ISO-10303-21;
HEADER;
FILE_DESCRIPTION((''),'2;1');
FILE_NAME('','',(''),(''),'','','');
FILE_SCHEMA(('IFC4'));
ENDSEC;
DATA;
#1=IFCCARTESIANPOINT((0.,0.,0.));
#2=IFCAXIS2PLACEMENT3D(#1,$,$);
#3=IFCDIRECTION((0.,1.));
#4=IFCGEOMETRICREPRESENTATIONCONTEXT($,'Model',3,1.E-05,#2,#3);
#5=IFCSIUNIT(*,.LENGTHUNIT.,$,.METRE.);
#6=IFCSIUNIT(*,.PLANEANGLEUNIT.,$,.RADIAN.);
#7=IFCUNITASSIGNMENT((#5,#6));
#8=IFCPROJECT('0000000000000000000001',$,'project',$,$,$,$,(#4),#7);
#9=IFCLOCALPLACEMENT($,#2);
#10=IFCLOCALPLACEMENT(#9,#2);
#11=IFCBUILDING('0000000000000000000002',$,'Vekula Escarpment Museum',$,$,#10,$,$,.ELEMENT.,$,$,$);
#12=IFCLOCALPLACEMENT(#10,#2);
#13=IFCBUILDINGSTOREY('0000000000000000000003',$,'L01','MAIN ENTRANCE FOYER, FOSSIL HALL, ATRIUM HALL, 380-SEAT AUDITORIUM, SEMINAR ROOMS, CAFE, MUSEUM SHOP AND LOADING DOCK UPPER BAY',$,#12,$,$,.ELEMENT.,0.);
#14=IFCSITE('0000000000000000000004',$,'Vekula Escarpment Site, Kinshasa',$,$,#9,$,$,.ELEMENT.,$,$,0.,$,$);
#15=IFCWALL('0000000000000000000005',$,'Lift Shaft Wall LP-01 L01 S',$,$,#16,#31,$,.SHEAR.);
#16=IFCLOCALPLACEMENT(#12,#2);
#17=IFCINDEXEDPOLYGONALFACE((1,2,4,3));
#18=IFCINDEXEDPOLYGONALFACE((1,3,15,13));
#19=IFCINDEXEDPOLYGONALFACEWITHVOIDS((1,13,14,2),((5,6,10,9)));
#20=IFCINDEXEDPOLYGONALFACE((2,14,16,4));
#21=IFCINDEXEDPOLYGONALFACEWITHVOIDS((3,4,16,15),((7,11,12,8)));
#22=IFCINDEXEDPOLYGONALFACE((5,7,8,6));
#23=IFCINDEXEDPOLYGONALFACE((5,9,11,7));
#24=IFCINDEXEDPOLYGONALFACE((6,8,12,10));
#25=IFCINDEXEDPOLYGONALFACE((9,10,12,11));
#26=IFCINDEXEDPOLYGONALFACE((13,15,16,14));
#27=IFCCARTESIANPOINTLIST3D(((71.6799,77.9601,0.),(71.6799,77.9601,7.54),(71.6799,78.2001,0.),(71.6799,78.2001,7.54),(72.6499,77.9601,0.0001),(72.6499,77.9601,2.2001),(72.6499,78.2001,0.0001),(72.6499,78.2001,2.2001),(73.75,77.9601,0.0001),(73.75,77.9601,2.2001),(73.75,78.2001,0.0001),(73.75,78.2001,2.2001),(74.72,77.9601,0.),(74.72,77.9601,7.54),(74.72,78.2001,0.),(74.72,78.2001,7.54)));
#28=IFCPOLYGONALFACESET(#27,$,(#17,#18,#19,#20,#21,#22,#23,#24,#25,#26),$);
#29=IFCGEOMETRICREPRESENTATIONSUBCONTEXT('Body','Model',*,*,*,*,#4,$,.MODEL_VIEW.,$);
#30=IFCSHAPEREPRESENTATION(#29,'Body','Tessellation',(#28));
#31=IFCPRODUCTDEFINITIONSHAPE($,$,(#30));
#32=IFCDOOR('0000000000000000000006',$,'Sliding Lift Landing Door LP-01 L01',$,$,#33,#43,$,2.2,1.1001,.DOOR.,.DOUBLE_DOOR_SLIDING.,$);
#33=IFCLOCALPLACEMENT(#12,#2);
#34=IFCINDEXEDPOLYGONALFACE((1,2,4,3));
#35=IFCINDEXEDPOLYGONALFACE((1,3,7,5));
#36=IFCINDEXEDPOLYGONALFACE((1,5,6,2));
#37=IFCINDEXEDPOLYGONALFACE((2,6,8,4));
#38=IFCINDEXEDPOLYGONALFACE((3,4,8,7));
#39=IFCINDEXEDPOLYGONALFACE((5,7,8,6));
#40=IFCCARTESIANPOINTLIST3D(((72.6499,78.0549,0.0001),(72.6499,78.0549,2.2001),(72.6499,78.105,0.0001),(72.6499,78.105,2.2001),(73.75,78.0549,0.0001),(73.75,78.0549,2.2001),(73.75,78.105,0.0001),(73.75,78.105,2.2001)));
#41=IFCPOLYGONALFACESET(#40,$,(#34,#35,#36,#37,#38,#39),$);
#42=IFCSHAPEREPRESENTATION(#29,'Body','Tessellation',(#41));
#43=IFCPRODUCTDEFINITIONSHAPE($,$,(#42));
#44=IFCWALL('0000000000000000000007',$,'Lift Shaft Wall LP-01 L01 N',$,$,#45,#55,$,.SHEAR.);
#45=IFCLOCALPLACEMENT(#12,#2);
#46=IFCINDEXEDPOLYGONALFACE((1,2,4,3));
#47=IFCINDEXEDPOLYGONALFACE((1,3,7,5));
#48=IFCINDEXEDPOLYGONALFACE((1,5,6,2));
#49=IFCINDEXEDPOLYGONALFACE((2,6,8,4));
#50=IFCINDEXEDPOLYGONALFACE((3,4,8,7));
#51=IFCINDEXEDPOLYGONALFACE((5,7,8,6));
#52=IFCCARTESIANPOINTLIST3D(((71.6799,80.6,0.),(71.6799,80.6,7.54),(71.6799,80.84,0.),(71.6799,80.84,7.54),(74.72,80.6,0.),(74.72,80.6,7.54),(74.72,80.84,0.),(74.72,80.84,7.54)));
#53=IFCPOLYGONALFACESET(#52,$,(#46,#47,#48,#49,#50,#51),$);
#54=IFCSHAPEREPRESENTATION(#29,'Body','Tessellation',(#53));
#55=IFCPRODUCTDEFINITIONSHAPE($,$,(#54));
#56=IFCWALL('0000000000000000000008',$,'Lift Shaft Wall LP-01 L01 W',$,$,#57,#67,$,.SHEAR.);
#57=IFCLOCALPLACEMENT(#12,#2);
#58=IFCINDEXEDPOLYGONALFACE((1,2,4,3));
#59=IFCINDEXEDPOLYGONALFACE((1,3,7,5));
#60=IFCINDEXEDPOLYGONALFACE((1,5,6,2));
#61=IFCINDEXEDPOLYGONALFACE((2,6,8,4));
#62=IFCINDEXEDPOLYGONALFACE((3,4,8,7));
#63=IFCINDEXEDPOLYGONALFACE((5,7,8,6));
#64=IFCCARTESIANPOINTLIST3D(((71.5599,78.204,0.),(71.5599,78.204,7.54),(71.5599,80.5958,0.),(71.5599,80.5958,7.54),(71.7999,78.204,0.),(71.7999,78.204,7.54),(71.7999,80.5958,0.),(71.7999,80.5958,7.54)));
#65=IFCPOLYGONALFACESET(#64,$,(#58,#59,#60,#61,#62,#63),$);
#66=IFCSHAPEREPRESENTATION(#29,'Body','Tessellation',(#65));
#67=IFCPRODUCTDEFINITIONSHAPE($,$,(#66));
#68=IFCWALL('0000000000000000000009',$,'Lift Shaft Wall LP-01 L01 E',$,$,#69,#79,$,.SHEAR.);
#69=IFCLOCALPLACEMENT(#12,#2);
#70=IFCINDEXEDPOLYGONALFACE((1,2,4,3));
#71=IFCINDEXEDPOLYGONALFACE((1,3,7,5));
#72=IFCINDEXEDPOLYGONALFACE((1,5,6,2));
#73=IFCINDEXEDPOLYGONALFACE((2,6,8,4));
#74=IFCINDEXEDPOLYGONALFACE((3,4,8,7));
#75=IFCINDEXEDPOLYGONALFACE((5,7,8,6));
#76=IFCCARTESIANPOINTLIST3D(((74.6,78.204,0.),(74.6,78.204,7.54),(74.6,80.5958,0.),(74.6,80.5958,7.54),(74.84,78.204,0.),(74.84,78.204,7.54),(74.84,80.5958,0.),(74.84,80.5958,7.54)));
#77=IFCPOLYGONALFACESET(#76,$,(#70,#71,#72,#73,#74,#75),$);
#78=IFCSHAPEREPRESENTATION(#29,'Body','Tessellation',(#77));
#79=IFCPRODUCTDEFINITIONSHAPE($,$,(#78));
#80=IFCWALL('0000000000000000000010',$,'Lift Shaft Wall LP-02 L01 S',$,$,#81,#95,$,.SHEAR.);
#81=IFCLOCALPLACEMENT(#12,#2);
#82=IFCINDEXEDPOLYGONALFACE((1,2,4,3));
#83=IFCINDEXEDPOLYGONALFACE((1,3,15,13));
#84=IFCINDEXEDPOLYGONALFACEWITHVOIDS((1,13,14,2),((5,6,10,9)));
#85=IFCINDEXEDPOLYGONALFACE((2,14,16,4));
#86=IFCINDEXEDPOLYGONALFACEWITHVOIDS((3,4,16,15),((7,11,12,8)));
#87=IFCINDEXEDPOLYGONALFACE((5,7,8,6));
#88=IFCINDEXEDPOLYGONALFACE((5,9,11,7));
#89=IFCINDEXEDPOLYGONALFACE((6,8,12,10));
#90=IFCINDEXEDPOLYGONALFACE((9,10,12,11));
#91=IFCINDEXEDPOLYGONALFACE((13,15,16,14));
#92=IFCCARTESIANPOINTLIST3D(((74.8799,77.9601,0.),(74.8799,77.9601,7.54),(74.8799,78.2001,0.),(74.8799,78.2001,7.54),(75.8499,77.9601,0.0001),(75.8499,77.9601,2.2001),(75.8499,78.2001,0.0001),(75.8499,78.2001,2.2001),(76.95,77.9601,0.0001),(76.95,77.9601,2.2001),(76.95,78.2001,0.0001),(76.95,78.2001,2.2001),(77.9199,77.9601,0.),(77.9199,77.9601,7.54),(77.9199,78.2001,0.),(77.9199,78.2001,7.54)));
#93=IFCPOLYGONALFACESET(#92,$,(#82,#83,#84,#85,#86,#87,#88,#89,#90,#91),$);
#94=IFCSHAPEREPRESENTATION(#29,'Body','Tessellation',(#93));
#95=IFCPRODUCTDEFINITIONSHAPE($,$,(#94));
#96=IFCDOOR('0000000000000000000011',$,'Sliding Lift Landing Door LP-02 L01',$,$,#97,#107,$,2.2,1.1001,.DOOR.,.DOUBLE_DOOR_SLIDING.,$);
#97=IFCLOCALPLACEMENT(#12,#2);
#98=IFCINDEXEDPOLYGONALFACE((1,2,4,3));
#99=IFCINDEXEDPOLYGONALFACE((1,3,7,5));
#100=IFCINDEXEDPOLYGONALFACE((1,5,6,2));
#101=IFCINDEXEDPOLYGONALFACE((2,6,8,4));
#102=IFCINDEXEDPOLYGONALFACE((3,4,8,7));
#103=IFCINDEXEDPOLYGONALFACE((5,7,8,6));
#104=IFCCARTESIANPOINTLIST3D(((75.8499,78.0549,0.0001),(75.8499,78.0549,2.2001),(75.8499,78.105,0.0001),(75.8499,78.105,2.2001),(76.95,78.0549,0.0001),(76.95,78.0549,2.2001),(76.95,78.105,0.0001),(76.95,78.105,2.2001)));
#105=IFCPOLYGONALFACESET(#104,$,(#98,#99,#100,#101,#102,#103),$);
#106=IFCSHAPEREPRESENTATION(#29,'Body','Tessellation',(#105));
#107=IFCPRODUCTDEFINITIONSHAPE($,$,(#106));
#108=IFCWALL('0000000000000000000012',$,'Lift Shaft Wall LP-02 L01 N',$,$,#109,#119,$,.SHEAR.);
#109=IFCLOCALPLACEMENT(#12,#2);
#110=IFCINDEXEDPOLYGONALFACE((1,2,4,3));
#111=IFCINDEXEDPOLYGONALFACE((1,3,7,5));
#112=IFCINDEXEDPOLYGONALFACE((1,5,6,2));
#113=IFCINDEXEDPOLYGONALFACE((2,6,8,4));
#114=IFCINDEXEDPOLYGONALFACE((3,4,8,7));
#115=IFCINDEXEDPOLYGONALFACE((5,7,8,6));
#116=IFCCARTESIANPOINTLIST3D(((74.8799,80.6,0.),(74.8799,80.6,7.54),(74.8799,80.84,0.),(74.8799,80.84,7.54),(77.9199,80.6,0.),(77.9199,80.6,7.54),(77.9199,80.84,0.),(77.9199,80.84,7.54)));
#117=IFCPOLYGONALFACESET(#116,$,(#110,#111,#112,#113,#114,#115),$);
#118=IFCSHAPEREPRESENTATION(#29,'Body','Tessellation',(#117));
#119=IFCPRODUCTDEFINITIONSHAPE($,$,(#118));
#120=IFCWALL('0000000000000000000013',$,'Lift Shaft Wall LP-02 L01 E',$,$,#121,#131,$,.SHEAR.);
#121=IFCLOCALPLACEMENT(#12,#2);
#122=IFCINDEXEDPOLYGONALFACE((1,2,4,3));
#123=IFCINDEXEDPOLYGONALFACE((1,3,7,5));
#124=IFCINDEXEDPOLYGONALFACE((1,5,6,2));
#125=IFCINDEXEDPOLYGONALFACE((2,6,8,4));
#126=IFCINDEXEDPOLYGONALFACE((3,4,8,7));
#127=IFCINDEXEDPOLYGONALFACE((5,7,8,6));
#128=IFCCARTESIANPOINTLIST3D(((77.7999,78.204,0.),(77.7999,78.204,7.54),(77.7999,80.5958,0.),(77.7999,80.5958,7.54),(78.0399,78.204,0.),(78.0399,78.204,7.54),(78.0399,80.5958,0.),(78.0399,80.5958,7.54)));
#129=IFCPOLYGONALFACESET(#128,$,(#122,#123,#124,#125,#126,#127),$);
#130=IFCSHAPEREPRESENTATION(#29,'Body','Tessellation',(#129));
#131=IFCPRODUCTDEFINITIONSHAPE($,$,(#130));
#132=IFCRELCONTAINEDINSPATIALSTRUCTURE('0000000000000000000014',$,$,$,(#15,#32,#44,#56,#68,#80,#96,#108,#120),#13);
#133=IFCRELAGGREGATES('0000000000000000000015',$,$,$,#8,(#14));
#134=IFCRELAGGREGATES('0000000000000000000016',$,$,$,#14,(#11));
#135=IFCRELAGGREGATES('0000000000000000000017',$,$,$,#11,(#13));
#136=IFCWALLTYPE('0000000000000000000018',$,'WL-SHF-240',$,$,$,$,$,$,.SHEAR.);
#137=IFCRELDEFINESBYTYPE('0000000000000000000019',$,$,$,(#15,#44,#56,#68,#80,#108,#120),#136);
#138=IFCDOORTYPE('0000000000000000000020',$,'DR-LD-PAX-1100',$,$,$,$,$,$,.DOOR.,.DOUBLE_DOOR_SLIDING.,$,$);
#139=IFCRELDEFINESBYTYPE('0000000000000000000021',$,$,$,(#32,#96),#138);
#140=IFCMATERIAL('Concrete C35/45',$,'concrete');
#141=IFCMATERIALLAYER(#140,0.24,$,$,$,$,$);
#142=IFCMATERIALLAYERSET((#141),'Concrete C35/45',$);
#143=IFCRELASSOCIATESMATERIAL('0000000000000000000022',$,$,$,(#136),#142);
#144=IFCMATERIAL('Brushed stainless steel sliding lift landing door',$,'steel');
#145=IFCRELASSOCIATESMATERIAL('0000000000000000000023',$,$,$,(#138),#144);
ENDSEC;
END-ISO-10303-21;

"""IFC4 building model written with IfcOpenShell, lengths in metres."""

from ifc_helpers import new_model, si_unit, direction, frame, frame_2d, origin, place, context, subcontext, project, spatial, rectangle, extrude, material, layer, layer_set, type_object, element, fill, save


model = new_model("IFC4")

# Units and contexts
model_context = context("Model", 3, precision=1e-05, world=origin(), true_north=direction((0.0, 1.0)))
body_context = subcontext(model_context, "Body", "Model", "MODEL_VIEW")
ifc_project = project(units=[si_unit("LENGTHUNIT", "METRE"), si_unit("PLANEANGLEUNIT", "RADIAN")], contexts=[model_context])

# Site, building, storey
site_placement = place(None, origin())
site = spatial("IfcSite", under=ifc_project, at=site_placement, Name="Vekula Escarpment Site, Kinshasa", CompositionType="ELEMENT", RefElevation=0.0)
building_placement = place(site_placement, origin())
building = spatial("IfcBuilding", under=site, at=building_placement, Name="Vekula Escarpment Museum", CompositionType="ELEMENT")
storey_placement = place(building_placement, origin())
storey = spatial("IfcBuildingStorey", under=building, at=storey_placement, Name="L01", Description="MAIN ENTRANCE FOYER, FOSSIL HALL, ATRIUM HALL, 380-SEAT AUDITORIUM, SEMINAR ROOMS, CAFE, MUSEUM SHOP AND LOADING DOCK UPPER BAY", CompositionType="ELEMENT", Elevation=0.0)

# Wall, opening, door
ifc_material_1 = material(Name="Concrete C35/45", Category="concrete")
ifc_layer_1 = layer(ifc_material_1, 0.24)
ifc_layer_set_1 = layer_set([ifc_layer_1], Name="Concrete C35/45")
wall_type_1 = type_object("IfcWallType", Name="WL-SHF-240", PredefinedType="SHEAR", material=ifc_layer_set_1)
wall_1_placement = place(storey_placement, frame((71.6799, 78.0801, 0.0), z_axis=(0.0, 0.0, 1.0), x_axis=(1.0, 0.0, 0.0)))
wall_1 = element("IfcWall", 1, at=wall_1_placement, inside=storey, type_object=wall_type_1, Name="Lift Shaft Wall LP-01 L01 S", PredefinedType="SHEAR", context=body_context, shape_type="SweptSolid", body=[
    extrude(rectangle(XDim=3.04, YDim=0.24, at=frame_2d((1.52, 0.0))), origin(), (0.0, 0.0, 1.0), 7.54),
])
opening_1_placement = place(wall_1_placement, frame((0.97, 0.0, 0.0)))
opening_1 = element("IfcOpeningElement", 2, at=opening_1_placement, cuts=wall_1, PredefinedType="OPENING", context=body_context, shape_type="SweptSolid", body=[
    extrude(rectangle(XDim=1.1001, YDim=2.2, at=frame_2d((0.55, 1.1001))), frame((0.0, 0.1299, 0.0), z_axis=(0.0, -1.0, 0.0), x_axis=(1.0, 0.0, 0.0)), (0.0, 0.0, 1.0), 0.26),
])
ifc_material_2 = material(Name="Brushed stainless steel sliding lift landing door", Category="steel")
door_type_1 = type_object("IfcDoorType", Name="DR-LD-PAX-1100", OperationType="DOUBLE_DOOR_SLIDING", PredefinedType="DOOR", material=ifc_material_2)
door_1_placement = place(opening_1_placement, origin())
door_1 = element("IfcDoor", 3, at=door_1_placement, inside=storey, type_object=door_type_1, Name="Sliding Lift Landing Door LP-01 L01", OperationType="DOUBLE_DOOR_SLIDING", OverallHeight=2.2, OverallWidth=1.1001, PredefinedType="DOOR", context=body_context, shape_type="SweptSolid", body=[
    extrude(rectangle(XDim=1.1001, YDim=2.2, at=frame_2d((0.55, 1.1001))), frame((0.0, 0.0249, 0.0), z_axis=(0.0, -1.0, 0.0), x_axis=(1.0, 0.0, 0.0)), (0.0, 0.0, 1.0), 0.05),
])
fill(opening_1, door_1)

# Walls
wall_2_placement = place(storey_placement, frame((71.6799, 80.72, 0.0), z_axis=(0.0, 0.0, 1.0), x_axis=(1.0, 0.0, 0.0)))
element("IfcWall", 4, at=wall_2_placement, inside=storey, type_object=wall_type_1, Name="Lift Shaft Wall LP-01 L01 N", PredefinedType="SHEAR", context=body_context, shape_type="SweptSolid", body=[
    extrude(rectangle(XDim=3.04, YDim=0.24, at=frame_2d((1.52, 0.0))), origin(), (0.0, 0.0, 1.0), 7.54),
])
for number, where, z_axis, x_axis, name in (
    (5, (71.6799, 78.2041, 0.0), (0.0, 0.0, 1.0), (0.0, 1.0, 0.0), "Lift Shaft Wall LP-01 L01 W"),
    (6, (74.72, 78.2041, 0.0), (0.0, 0.0, 1.0), (0.0, 1.0, 0.0), "Lift Shaft Wall LP-01 L01 E"),
):
    element("IfcWall", number, at=place(storey_placement, frame(where, z_axis=z_axis, x_axis=x_axis)), inside=storey, type_object=wall_type_1, Name=name, PredefinedType="SHEAR", context=body_context, shape_type="SweptSolid", body=[
        extrude(rectangle(XDim=2.3918, YDim=0.24, at=frame_2d((1.1958, 0.0))), origin(), (0.0, 0.0, 1.0), 7.54),
    ])

# Wall, opening, door
wall_3_placement = place(storey_placement, frame((74.8799, 78.0801, 0.0), z_axis=(0.0, 0.0, 1.0), x_axis=(1.0, 0.0, 0.0)))
wall_3 = element("IfcWall", 7, at=wall_3_placement, inside=storey, type_object=wall_type_1, Name="Lift Shaft Wall LP-02 L01 S", PredefinedType="SHEAR", context=body_context, shape_type="SweptSolid", body=[
    extrude(rectangle(XDim=3.04, YDim=0.24, at=frame_2d((1.52, 0.0))), origin(), (0.0, 0.0, 1.0), 7.54),
])
opening_2_placement = place(wall_3_placement, frame((0.97, 0.0, 0.0)))
opening_2 = element("IfcOpeningElement", 8, at=opening_2_placement, cuts=wall_3, PredefinedType="OPENING", context=body_context, shape_type="SweptSolid", body=[
    extrude(rectangle(XDim=1.1001, YDim=2.2, at=frame_2d((0.55, 1.1001))), frame((0.0, 0.1299, 0.0), z_axis=(0.0, -1.0, 0.0), x_axis=(1.0, 0.0, 0.0)), (0.0, 0.0, 1.0), 0.26),
])
door_2_placement = place(opening_2_placement, origin())
door_2 = element("IfcDoor", 9, at=door_2_placement, inside=storey, type_object=door_type_1, Name="Sliding Lift Landing Door LP-02 L01", OperationType="DOUBLE_DOOR_SLIDING", OverallHeight=2.2, OverallWidth=1.1001, PredefinedType="DOOR", context=body_context, shape_type="SweptSolid", body=[
    extrude(rectangle(XDim=1.1001, YDim=2.2, at=frame_2d((0.55, 1.1001))), frame((0.0, 0.0249, 0.0), z_axis=(0.0, -1.0, 0.0), x_axis=(1.0, 0.0, 0.0)), (0.0, 0.0, 1.0), 0.05),
])
fill(opening_2, door_2)

# Walls
wall_4_placement = place(storey_placement, frame((74.8799, 80.72, 0.0), z_axis=(0.0, 0.0, 1.0), x_axis=(1.0, 0.0, 0.0)))
element("IfcWall", 10, at=wall_4_placement, inside=storey, type_object=wall_type_1, Name="Lift Shaft Wall LP-02 L01 N", PredefinedType="SHEAR", context=body_context, shape_type="SweptSolid", body=[
    extrude(rectangle(XDim=3.04, YDim=0.24, at=frame_2d((1.52, 0.0))), origin(), (0.0, 0.0, 1.0), 7.54),
])
wall_5_placement = place(storey_placement, frame((77.9199, 78.2041, 0.0), z_axis=(0.0, 0.0, 1.0), x_axis=(0.0, 1.0, 0.0)))
element("IfcWall", 11, at=wall_5_placement, inside=storey, type_object=wall_type_1, Name="Lift Shaft Wall LP-02 L01 E", PredefinedType="SHEAR", context=body_context, shape_type="SweptSolid", body=[
    extrude(rectangle(XDim=2.3918, YDim=0.24, at=frame_2d((1.1958, 0.0))), origin(), (0.0, 0.0, 1.0), 7.54),
])

save(model, "model.ifc")
